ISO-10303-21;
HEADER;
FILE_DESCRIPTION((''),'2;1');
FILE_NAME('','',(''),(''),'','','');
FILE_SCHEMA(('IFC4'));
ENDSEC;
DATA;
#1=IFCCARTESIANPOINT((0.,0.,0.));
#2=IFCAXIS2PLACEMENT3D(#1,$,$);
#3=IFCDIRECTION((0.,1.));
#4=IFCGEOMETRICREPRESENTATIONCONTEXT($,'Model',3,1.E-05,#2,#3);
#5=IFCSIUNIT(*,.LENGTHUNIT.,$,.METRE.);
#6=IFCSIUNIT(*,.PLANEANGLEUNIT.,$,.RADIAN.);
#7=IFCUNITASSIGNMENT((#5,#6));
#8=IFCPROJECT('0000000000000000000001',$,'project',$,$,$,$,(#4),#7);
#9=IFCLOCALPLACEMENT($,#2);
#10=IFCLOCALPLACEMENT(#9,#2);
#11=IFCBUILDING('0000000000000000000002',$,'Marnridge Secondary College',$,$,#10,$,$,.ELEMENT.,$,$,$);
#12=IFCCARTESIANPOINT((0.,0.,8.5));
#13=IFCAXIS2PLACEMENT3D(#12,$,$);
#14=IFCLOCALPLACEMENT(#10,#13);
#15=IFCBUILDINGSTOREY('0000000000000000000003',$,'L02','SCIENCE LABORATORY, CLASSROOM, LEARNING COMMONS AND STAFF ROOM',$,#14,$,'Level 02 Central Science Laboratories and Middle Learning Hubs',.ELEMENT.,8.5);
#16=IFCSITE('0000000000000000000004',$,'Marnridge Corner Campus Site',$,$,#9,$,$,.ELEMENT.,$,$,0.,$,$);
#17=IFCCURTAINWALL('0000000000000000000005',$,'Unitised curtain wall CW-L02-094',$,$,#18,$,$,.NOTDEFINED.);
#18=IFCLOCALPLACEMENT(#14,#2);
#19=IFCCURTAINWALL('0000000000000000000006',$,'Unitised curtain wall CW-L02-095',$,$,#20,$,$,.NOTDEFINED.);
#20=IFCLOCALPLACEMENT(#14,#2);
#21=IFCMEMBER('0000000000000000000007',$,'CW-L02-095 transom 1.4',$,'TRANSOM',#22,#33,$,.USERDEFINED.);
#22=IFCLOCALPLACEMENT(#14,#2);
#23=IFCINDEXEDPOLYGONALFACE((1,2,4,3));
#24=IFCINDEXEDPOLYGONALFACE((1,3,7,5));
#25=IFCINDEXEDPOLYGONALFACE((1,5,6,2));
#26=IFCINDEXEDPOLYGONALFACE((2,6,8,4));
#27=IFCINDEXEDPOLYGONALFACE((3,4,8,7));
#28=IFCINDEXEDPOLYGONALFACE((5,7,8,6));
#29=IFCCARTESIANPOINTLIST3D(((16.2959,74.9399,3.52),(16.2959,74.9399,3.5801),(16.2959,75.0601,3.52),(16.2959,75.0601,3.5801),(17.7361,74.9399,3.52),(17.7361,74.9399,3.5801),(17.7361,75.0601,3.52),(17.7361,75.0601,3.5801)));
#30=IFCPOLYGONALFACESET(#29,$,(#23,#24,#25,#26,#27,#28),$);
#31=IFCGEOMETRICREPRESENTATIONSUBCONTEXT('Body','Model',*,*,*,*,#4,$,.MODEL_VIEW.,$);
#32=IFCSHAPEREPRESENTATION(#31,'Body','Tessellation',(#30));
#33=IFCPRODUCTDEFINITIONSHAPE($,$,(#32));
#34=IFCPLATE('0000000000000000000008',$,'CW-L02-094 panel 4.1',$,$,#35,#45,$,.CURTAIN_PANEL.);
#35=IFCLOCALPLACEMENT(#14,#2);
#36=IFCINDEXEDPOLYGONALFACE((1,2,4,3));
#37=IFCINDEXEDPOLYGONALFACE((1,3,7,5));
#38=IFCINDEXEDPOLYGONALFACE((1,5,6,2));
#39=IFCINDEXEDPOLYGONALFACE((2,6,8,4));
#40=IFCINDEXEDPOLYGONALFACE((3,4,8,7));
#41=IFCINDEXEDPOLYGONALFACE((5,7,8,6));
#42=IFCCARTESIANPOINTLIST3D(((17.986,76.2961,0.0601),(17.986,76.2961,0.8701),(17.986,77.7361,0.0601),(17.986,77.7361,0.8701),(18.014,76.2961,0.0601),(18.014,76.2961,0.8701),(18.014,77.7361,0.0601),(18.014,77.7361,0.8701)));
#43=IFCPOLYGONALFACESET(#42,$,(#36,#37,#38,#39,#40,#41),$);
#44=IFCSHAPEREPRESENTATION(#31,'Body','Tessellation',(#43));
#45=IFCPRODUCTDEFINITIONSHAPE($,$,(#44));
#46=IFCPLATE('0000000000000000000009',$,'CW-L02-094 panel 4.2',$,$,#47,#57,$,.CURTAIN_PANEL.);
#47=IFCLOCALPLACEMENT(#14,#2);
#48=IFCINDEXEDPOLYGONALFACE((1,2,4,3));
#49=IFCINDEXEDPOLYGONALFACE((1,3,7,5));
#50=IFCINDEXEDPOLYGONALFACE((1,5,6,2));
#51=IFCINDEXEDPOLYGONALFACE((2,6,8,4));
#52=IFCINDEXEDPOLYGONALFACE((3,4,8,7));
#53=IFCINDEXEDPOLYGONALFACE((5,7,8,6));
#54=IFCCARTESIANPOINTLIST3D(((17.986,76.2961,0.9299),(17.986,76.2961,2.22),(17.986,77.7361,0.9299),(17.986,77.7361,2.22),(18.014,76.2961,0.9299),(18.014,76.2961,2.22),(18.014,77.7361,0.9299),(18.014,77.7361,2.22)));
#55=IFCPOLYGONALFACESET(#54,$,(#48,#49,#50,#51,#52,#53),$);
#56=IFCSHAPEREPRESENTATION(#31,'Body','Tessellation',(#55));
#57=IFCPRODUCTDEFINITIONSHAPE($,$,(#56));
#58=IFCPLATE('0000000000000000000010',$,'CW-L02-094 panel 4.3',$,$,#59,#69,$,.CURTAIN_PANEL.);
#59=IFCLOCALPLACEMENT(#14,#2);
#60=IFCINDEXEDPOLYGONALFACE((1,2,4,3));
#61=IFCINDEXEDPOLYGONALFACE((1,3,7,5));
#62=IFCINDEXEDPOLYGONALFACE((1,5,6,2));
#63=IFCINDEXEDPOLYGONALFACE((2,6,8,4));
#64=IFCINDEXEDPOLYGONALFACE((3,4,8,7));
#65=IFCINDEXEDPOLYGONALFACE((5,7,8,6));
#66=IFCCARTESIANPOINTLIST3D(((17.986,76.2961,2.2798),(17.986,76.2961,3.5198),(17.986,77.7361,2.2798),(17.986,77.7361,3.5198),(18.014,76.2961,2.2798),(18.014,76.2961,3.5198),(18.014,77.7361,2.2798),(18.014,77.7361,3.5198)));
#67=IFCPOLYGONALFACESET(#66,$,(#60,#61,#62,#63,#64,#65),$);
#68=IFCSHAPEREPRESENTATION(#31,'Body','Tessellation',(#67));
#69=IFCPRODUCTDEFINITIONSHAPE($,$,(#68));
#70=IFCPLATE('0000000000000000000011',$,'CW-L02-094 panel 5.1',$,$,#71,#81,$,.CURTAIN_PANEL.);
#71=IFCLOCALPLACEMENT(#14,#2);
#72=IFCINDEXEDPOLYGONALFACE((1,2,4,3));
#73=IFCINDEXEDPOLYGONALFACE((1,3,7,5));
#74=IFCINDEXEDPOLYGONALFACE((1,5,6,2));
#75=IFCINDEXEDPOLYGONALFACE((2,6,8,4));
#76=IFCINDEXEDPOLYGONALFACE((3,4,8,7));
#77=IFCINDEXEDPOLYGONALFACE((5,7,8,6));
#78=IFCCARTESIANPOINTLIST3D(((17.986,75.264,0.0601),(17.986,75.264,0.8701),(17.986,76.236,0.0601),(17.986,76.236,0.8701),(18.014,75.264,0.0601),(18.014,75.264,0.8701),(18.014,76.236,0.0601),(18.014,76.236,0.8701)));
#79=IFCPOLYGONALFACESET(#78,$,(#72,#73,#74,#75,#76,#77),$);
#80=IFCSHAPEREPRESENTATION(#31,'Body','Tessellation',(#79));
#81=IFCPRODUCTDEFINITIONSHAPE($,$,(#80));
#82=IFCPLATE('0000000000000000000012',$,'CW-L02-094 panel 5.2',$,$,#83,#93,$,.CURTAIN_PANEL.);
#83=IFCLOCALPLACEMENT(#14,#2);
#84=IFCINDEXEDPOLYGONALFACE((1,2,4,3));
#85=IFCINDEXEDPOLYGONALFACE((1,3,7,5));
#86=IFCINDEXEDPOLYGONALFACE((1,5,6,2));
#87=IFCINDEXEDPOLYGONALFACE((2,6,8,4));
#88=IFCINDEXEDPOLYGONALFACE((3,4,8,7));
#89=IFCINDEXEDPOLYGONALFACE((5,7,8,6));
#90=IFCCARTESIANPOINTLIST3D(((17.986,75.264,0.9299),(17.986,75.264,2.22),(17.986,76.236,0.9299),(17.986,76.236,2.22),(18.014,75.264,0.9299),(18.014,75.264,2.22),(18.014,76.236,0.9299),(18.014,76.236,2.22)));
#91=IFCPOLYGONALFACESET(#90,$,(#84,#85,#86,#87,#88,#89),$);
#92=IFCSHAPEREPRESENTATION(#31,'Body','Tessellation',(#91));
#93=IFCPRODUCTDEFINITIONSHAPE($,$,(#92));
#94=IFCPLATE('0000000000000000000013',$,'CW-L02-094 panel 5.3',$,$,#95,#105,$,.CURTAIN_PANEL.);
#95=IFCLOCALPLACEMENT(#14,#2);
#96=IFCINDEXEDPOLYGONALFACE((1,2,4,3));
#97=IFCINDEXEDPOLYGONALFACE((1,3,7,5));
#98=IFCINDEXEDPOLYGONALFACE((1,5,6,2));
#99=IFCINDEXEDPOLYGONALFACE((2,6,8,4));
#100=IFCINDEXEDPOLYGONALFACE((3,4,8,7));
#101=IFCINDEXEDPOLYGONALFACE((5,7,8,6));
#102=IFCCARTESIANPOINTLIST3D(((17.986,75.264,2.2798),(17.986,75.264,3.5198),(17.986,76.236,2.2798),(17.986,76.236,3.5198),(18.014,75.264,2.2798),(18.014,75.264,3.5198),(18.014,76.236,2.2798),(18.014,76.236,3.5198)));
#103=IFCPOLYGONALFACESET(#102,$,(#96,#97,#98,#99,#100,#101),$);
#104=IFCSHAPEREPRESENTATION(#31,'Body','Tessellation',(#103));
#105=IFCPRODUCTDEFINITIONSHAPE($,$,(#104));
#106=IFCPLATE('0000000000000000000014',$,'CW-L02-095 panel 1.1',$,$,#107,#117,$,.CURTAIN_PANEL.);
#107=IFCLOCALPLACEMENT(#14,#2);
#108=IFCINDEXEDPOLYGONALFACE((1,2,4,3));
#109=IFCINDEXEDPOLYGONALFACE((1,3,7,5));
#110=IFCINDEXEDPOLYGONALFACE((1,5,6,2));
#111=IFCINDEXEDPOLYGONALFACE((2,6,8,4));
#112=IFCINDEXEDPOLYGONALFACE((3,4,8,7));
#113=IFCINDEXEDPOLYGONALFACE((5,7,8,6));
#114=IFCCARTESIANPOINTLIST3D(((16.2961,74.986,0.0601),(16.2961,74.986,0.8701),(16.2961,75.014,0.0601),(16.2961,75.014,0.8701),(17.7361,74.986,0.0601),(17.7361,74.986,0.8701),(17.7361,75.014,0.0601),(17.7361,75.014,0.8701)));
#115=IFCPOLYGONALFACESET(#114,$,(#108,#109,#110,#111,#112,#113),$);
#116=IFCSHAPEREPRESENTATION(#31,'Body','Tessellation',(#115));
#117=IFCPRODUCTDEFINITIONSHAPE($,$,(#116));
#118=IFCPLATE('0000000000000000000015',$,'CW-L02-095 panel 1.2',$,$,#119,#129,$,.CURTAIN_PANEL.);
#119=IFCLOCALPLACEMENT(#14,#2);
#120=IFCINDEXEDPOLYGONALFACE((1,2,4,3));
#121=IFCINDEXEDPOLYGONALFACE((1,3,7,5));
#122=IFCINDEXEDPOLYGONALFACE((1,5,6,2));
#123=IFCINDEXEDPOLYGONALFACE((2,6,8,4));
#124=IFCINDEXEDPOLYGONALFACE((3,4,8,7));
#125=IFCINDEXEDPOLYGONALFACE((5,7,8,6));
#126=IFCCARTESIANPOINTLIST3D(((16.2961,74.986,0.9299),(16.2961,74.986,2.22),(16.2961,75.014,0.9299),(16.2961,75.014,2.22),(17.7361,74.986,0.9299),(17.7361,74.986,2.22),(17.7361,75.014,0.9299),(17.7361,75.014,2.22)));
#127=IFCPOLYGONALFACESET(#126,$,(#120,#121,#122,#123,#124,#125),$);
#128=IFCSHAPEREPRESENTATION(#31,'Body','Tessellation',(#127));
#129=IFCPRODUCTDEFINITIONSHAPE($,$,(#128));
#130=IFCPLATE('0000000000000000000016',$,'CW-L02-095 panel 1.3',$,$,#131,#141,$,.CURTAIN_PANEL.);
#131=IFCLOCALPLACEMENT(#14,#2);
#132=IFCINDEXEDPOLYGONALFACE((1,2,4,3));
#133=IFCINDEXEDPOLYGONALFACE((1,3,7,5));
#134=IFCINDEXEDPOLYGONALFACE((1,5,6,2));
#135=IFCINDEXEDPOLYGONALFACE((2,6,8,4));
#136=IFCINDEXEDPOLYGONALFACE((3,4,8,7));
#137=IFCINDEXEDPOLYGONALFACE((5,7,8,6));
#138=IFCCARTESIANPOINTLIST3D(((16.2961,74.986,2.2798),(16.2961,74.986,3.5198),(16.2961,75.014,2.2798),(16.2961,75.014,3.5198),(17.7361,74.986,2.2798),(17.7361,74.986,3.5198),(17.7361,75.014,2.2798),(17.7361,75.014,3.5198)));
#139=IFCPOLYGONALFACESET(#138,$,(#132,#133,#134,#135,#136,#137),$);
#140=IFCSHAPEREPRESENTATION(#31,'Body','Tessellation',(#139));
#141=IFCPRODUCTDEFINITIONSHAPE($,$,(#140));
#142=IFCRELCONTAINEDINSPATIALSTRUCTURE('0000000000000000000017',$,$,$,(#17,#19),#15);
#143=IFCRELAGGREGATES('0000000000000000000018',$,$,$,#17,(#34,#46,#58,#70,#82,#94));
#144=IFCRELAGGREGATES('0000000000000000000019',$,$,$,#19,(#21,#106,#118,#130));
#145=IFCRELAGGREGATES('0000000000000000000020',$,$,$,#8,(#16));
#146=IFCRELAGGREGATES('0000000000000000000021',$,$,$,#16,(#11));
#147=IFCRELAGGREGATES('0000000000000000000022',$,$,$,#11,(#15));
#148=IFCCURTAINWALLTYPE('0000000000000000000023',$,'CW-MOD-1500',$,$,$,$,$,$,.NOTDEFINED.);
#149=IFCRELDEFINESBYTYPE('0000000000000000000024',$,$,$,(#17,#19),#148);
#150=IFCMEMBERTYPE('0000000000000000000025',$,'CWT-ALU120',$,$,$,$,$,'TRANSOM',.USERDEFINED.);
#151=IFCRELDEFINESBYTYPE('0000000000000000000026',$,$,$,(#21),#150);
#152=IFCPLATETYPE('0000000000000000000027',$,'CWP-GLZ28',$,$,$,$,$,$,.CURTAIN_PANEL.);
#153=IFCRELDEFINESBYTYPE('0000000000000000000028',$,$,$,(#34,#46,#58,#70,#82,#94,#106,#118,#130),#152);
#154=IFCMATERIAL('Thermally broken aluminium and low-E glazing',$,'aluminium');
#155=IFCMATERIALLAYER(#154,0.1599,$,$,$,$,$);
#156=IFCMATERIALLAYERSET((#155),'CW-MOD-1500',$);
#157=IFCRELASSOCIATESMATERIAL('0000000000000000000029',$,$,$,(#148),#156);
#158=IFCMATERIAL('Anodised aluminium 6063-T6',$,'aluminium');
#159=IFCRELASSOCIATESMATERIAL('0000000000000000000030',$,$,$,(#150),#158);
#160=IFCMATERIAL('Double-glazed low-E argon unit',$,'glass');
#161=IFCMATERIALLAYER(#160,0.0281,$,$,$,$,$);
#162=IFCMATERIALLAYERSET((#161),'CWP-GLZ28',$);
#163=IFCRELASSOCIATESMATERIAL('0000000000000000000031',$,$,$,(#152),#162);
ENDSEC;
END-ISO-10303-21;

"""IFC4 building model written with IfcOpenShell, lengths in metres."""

from ifc_helpers import new_model, si_unit, direction, frame, origin, origin_2d, place, context, subcontext, project, spatial, rectangle, extrude, material, layer, layer_set, material_profile, profile_set, type_object, element, aggregate, save


model = new_model("IFC4")

# Units and contexts
model_context = context("Model", 3, precision=1e-05, world=origin(), true_north=direction((0.0, 1.0)))
body_context = subcontext(model_context, "Body", "Model", "MODEL_VIEW")
ifc_project = project(units=[si_unit("LENGTHUNIT", "METRE"), si_unit("PLANEANGLEUNIT", "RADIAN")], contexts=[model_context])

# Site, building, storey
site_placement = place(None, origin())
site = spatial("IfcSite", under=ifc_project, at=site_placement, Name="Marnridge Corner Campus Site", CompositionType="ELEMENT", RefElevation=0.0)
building_placement = place(site_placement, origin())
building = spatial("IfcBuilding", under=site, at=building_placement, Name="Marnridge Secondary College", CompositionType="ELEMENT")
storey_placement = place(building_placement, frame((0.0, 0.0, 8.5)))
storey = spatial("IfcBuildingStorey", under=building, at=storey_placement, Name="L02", Description="SCIENCE LABORATORY, CLASSROOM, LEARNING COMMONS AND STAFF ROOM", LongName="Level 02 Central Science Laboratories and Middle Learning Hubs", CompositionType="ELEMENT", Elevation=8.5)

# Curtain walls
ifc_material_1 = material(Name="Thermally broken aluminium and low-E glazing", Category="aluminium")
ifc_layer_1 = layer(ifc_material_1, 0.1599)
ifc_layer_set_1 = layer_set([ifc_layer_1], Name="CW-MOD-1500")
curtain_wall_type = type_object("IfcCurtainWallType", Name="CW-MOD-1500", PredefinedType="NOTDEFINED", material=ifc_layer_set_1)
curtain_wall_1_placement = place(storey_placement, origin())
curtain_wall_1 = element("IfcCurtainWall", 1, at=curtain_wall_1_placement, inside=storey, type_object=curtain_wall_type, Name="Unitised curtain wall CW-L02-094", PredefinedType="NOTDEFINED")
curtain_wall_2_placement = place(storey_placement, origin())
curtain_wall_2 = element("IfcCurtainWall", 2, at=curtain_wall_2_placement, inside=storey, type_object=curtain_wall_type, Name="Unitised curtain wall CW-L02-095", PredefinedType="NOTDEFINED")

# Member
ifc_material_2 = material(Name="Anodised aluminium 6063-T6", Category="aluminium")
ifc_material_profile_1 = material_profile(ifc_material_2, rectangle(XDim=0.0601, YDim=0.1201, at=origin_2d()), Name="ALU 60x120")
ifc_profile_set_1 = profile_set([ifc_material_profile_1], Name="Anodised aluminium 6063-T6")
member_type_1 = type_object("IfcMemberType", Name="CWT-ALU120", ElementType="TRANSOM", PredefinedType="USERDEFINED", material=ifc_profile_set_1)
member_1_placement = place(storey_placement, frame((17.7361, 75.0, 3.55), z_axis=(-1.0, 0.0, 0.0), x_axis=(0.0, 0.0, 1.0)))
member_1 = element("IfcMember", 3, at=member_1_placement, type_object=member_type_1, Name="CW-L02-095 transom 1.4", ObjectType="TRANSOM", PredefinedType="USERDEFINED", context=body_context, shape_type="SweptSolid", body=[
    extrude(rectangle(XDim=0.0601, YDim=0.1201, at=origin_2d()), origin(), (0.0, 0.0, 1.0), 1.4402),
])

# Plates
ifc_material_3 = material(Name="Double-glazed low-E argon unit", Category="glass")
ifc_layer_2 = layer(ifc_material_3, 0.0281)
ifc_layer_set_2 = layer_set([ifc_layer_2], Name="CWP-GLZ28")
plate_type = type_object("IfcPlateType", Name="CWP-GLZ28", PredefinedType="CURTAIN_PANEL", material=ifc_layer_set_2)
plate_1_placement = place(storey_placement, frame((18.0, 77.0161, 0.0601), z_axis=(0.0, 0.0, 1.0), x_axis=(0.0, -1.0, 0.0)))
plate_1 = element("IfcPlate", 4, at=plate_1_placement, type_object=plate_type, Name="CW-L02-094 panel 4.1", PredefinedType="CURTAIN_PANEL", context=body_context, shape_type="SweptSolid", body=[
    extrude(rectangle(XDim=1.4399, YDim=0.0281, at=origin_2d()), origin(), (0.0, 0.0, 1.0), 0.8101),
])
plate_2_placement = place(storey_placement, frame((18.0, 77.0161, 0.9299), z_axis=(0.0, 0.0, 1.0), x_axis=(0.0, -1.0, 0.0)))
plate_2 = element("IfcPlate", 5, at=plate_2_placement, type_object=plate_type, Name="CW-L02-094 panel 4.2", PredefinedType="CURTAIN_PANEL", context=body_context, shape_type="SweptSolid", body=[
    extrude(rectangle(XDim=1.4399, YDim=0.0281, at=origin_2d()), origin(), (0.0, 0.0, 1.0), 1.29),
])
plate_3_placement = place(storey_placement, frame((18.0, 77.0161, 2.2798), z_axis=(0.0, 0.0, 1.0), x_axis=(0.0, -1.0, 0.0)))
plate_3 = element("IfcPlate", 6, at=plate_3_placement, type_object=plate_type, Name="CW-L02-094 panel 4.3", PredefinedType="CURTAIN_PANEL", context=body_context, shape_type="SweptSolid", body=[
    extrude(rectangle(XDim=1.4399, YDim=0.0281, at=origin_2d()), origin(), (0.0, 0.0, 1.0), 1.24),
])
plate_4_placement = place(storey_placement, frame((18.0, 75.75, 0.0601), z_axis=(0.0, 0.0, 1.0), x_axis=(0.0, -1.0, 0.0)))
plate_4 = element("IfcPlate", 7, at=plate_4_placement, type_object=plate_type, Name="CW-L02-094 panel 5.1", PredefinedType="CURTAIN_PANEL", context=body_context, shape_type="SweptSolid", body=[
    extrude(rectangle(XDim=0.9719, YDim=0.0281, at=origin_2d()), origin(), (0.0, 0.0, 1.0), 0.8101),
])
plate_5_placement = place(storey_placement, frame((18.0, 75.75, 0.9299), z_axis=(0.0, 0.0, 1.0), x_axis=(0.0, -1.0, 0.0)))
plate_5 = element("IfcPlate", 8, at=plate_5_placement, type_object=plate_type, Name="CW-L02-094 panel 5.2", PredefinedType="CURTAIN_PANEL", context=body_context, shape_type="SweptSolid", body=[
    extrude(rectangle(XDim=0.9719, YDim=0.0281, at=origin_2d()), origin(), (0.0, 0.0, 1.0), 1.29),
])
plate_6_placement = place(storey_placement, frame((18.0, 75.75, 2.2798), z_axis=(0.0, 0.0, 1.0), x_axis=(0.0, -1.0, 0.0)))
plate_6 = element("IfcPlate", 9, at=plate_6_placement, type_object=plate_type, Name="CW-L02-094 panel 5.3", PredefinedType="CURTAIN_PANEL", context=body_context, shape_type="SweptSolid", body=[
    extrude(rectangle(XDim=0.9719, YDim=0.0281, at=origin_2d()), origin(), (0.0, 0.0, 1.0), 1.24),
])
aggregate(curtain_wall_1, [plate_1, plate_2, plate_3, plate_4, plate_5, plate_6])
plate_7_placement = place(storey_placement, frame((17.0161, 75.0, 0.0601), z_axis=(0.0, 0.0, 1.0), x_axis=(-1.0, 0.0, 0.0)))
plate_7 = element("IfcPlate", 10, at=plate_7_placement, type_object=plate_type, Name="CW-L02-095 panel 1.1", PredefinedType="CURTAIN_PANEL", context=body_context, shape_type="SweptSolid", body=[
    extrude(rectangle(XDim=1.4399, YDim=0.0281, at=origin_2d()), origin(), (0.0, 0.0, 1.0), 0.8101),
])
plate_8_placement = place(storey_placement, frame((17.0161, 75.0, 0.9299), z_axis=(0.0, 0.0, 1.0), x_axis=(-1.0, 0.0, 0.0)))
plate_8 = element("IfcPlate", 11, at=plate_8_placement, type_object=plate_type, Name="CW-L02-095 panel 1.2", PredefinedType="CURTAIN_PANEL", context=body_context, shape_type="SweptSolid", body=[
    extrude(rectangle(XDim=1.4399, YDim=0.0281, at=origin_2d()), origin(), (0.0, 0.0, 1.0), 1.29),
])
plate_9_placement = place(storey_placement, frame((17.0161, 75.0, 2.2798), z_axis=(0.0, 0.0, 1.0), x_axis=(-1.0, 0.0, 0.0)))
plate_9 = element("IfcPlate", 12, at=plate_9_placement, type_object=plate_type, Name="CW-L02-095 panel 1.3", PredefinedType="CURTAIN_PANEL", context=body_context, shape_type="SweptSolid", body=[
    extrude(rectangle(XDim=1.4399, YDim=0.0281, at=origin_2d()), origin(), (0.0, 0.0, 1.0), 1.24),
])
aggregate(curtain_wall_2, [member_1, plate_7, plate_8, plate_9])

save(model, "model.ifc")
